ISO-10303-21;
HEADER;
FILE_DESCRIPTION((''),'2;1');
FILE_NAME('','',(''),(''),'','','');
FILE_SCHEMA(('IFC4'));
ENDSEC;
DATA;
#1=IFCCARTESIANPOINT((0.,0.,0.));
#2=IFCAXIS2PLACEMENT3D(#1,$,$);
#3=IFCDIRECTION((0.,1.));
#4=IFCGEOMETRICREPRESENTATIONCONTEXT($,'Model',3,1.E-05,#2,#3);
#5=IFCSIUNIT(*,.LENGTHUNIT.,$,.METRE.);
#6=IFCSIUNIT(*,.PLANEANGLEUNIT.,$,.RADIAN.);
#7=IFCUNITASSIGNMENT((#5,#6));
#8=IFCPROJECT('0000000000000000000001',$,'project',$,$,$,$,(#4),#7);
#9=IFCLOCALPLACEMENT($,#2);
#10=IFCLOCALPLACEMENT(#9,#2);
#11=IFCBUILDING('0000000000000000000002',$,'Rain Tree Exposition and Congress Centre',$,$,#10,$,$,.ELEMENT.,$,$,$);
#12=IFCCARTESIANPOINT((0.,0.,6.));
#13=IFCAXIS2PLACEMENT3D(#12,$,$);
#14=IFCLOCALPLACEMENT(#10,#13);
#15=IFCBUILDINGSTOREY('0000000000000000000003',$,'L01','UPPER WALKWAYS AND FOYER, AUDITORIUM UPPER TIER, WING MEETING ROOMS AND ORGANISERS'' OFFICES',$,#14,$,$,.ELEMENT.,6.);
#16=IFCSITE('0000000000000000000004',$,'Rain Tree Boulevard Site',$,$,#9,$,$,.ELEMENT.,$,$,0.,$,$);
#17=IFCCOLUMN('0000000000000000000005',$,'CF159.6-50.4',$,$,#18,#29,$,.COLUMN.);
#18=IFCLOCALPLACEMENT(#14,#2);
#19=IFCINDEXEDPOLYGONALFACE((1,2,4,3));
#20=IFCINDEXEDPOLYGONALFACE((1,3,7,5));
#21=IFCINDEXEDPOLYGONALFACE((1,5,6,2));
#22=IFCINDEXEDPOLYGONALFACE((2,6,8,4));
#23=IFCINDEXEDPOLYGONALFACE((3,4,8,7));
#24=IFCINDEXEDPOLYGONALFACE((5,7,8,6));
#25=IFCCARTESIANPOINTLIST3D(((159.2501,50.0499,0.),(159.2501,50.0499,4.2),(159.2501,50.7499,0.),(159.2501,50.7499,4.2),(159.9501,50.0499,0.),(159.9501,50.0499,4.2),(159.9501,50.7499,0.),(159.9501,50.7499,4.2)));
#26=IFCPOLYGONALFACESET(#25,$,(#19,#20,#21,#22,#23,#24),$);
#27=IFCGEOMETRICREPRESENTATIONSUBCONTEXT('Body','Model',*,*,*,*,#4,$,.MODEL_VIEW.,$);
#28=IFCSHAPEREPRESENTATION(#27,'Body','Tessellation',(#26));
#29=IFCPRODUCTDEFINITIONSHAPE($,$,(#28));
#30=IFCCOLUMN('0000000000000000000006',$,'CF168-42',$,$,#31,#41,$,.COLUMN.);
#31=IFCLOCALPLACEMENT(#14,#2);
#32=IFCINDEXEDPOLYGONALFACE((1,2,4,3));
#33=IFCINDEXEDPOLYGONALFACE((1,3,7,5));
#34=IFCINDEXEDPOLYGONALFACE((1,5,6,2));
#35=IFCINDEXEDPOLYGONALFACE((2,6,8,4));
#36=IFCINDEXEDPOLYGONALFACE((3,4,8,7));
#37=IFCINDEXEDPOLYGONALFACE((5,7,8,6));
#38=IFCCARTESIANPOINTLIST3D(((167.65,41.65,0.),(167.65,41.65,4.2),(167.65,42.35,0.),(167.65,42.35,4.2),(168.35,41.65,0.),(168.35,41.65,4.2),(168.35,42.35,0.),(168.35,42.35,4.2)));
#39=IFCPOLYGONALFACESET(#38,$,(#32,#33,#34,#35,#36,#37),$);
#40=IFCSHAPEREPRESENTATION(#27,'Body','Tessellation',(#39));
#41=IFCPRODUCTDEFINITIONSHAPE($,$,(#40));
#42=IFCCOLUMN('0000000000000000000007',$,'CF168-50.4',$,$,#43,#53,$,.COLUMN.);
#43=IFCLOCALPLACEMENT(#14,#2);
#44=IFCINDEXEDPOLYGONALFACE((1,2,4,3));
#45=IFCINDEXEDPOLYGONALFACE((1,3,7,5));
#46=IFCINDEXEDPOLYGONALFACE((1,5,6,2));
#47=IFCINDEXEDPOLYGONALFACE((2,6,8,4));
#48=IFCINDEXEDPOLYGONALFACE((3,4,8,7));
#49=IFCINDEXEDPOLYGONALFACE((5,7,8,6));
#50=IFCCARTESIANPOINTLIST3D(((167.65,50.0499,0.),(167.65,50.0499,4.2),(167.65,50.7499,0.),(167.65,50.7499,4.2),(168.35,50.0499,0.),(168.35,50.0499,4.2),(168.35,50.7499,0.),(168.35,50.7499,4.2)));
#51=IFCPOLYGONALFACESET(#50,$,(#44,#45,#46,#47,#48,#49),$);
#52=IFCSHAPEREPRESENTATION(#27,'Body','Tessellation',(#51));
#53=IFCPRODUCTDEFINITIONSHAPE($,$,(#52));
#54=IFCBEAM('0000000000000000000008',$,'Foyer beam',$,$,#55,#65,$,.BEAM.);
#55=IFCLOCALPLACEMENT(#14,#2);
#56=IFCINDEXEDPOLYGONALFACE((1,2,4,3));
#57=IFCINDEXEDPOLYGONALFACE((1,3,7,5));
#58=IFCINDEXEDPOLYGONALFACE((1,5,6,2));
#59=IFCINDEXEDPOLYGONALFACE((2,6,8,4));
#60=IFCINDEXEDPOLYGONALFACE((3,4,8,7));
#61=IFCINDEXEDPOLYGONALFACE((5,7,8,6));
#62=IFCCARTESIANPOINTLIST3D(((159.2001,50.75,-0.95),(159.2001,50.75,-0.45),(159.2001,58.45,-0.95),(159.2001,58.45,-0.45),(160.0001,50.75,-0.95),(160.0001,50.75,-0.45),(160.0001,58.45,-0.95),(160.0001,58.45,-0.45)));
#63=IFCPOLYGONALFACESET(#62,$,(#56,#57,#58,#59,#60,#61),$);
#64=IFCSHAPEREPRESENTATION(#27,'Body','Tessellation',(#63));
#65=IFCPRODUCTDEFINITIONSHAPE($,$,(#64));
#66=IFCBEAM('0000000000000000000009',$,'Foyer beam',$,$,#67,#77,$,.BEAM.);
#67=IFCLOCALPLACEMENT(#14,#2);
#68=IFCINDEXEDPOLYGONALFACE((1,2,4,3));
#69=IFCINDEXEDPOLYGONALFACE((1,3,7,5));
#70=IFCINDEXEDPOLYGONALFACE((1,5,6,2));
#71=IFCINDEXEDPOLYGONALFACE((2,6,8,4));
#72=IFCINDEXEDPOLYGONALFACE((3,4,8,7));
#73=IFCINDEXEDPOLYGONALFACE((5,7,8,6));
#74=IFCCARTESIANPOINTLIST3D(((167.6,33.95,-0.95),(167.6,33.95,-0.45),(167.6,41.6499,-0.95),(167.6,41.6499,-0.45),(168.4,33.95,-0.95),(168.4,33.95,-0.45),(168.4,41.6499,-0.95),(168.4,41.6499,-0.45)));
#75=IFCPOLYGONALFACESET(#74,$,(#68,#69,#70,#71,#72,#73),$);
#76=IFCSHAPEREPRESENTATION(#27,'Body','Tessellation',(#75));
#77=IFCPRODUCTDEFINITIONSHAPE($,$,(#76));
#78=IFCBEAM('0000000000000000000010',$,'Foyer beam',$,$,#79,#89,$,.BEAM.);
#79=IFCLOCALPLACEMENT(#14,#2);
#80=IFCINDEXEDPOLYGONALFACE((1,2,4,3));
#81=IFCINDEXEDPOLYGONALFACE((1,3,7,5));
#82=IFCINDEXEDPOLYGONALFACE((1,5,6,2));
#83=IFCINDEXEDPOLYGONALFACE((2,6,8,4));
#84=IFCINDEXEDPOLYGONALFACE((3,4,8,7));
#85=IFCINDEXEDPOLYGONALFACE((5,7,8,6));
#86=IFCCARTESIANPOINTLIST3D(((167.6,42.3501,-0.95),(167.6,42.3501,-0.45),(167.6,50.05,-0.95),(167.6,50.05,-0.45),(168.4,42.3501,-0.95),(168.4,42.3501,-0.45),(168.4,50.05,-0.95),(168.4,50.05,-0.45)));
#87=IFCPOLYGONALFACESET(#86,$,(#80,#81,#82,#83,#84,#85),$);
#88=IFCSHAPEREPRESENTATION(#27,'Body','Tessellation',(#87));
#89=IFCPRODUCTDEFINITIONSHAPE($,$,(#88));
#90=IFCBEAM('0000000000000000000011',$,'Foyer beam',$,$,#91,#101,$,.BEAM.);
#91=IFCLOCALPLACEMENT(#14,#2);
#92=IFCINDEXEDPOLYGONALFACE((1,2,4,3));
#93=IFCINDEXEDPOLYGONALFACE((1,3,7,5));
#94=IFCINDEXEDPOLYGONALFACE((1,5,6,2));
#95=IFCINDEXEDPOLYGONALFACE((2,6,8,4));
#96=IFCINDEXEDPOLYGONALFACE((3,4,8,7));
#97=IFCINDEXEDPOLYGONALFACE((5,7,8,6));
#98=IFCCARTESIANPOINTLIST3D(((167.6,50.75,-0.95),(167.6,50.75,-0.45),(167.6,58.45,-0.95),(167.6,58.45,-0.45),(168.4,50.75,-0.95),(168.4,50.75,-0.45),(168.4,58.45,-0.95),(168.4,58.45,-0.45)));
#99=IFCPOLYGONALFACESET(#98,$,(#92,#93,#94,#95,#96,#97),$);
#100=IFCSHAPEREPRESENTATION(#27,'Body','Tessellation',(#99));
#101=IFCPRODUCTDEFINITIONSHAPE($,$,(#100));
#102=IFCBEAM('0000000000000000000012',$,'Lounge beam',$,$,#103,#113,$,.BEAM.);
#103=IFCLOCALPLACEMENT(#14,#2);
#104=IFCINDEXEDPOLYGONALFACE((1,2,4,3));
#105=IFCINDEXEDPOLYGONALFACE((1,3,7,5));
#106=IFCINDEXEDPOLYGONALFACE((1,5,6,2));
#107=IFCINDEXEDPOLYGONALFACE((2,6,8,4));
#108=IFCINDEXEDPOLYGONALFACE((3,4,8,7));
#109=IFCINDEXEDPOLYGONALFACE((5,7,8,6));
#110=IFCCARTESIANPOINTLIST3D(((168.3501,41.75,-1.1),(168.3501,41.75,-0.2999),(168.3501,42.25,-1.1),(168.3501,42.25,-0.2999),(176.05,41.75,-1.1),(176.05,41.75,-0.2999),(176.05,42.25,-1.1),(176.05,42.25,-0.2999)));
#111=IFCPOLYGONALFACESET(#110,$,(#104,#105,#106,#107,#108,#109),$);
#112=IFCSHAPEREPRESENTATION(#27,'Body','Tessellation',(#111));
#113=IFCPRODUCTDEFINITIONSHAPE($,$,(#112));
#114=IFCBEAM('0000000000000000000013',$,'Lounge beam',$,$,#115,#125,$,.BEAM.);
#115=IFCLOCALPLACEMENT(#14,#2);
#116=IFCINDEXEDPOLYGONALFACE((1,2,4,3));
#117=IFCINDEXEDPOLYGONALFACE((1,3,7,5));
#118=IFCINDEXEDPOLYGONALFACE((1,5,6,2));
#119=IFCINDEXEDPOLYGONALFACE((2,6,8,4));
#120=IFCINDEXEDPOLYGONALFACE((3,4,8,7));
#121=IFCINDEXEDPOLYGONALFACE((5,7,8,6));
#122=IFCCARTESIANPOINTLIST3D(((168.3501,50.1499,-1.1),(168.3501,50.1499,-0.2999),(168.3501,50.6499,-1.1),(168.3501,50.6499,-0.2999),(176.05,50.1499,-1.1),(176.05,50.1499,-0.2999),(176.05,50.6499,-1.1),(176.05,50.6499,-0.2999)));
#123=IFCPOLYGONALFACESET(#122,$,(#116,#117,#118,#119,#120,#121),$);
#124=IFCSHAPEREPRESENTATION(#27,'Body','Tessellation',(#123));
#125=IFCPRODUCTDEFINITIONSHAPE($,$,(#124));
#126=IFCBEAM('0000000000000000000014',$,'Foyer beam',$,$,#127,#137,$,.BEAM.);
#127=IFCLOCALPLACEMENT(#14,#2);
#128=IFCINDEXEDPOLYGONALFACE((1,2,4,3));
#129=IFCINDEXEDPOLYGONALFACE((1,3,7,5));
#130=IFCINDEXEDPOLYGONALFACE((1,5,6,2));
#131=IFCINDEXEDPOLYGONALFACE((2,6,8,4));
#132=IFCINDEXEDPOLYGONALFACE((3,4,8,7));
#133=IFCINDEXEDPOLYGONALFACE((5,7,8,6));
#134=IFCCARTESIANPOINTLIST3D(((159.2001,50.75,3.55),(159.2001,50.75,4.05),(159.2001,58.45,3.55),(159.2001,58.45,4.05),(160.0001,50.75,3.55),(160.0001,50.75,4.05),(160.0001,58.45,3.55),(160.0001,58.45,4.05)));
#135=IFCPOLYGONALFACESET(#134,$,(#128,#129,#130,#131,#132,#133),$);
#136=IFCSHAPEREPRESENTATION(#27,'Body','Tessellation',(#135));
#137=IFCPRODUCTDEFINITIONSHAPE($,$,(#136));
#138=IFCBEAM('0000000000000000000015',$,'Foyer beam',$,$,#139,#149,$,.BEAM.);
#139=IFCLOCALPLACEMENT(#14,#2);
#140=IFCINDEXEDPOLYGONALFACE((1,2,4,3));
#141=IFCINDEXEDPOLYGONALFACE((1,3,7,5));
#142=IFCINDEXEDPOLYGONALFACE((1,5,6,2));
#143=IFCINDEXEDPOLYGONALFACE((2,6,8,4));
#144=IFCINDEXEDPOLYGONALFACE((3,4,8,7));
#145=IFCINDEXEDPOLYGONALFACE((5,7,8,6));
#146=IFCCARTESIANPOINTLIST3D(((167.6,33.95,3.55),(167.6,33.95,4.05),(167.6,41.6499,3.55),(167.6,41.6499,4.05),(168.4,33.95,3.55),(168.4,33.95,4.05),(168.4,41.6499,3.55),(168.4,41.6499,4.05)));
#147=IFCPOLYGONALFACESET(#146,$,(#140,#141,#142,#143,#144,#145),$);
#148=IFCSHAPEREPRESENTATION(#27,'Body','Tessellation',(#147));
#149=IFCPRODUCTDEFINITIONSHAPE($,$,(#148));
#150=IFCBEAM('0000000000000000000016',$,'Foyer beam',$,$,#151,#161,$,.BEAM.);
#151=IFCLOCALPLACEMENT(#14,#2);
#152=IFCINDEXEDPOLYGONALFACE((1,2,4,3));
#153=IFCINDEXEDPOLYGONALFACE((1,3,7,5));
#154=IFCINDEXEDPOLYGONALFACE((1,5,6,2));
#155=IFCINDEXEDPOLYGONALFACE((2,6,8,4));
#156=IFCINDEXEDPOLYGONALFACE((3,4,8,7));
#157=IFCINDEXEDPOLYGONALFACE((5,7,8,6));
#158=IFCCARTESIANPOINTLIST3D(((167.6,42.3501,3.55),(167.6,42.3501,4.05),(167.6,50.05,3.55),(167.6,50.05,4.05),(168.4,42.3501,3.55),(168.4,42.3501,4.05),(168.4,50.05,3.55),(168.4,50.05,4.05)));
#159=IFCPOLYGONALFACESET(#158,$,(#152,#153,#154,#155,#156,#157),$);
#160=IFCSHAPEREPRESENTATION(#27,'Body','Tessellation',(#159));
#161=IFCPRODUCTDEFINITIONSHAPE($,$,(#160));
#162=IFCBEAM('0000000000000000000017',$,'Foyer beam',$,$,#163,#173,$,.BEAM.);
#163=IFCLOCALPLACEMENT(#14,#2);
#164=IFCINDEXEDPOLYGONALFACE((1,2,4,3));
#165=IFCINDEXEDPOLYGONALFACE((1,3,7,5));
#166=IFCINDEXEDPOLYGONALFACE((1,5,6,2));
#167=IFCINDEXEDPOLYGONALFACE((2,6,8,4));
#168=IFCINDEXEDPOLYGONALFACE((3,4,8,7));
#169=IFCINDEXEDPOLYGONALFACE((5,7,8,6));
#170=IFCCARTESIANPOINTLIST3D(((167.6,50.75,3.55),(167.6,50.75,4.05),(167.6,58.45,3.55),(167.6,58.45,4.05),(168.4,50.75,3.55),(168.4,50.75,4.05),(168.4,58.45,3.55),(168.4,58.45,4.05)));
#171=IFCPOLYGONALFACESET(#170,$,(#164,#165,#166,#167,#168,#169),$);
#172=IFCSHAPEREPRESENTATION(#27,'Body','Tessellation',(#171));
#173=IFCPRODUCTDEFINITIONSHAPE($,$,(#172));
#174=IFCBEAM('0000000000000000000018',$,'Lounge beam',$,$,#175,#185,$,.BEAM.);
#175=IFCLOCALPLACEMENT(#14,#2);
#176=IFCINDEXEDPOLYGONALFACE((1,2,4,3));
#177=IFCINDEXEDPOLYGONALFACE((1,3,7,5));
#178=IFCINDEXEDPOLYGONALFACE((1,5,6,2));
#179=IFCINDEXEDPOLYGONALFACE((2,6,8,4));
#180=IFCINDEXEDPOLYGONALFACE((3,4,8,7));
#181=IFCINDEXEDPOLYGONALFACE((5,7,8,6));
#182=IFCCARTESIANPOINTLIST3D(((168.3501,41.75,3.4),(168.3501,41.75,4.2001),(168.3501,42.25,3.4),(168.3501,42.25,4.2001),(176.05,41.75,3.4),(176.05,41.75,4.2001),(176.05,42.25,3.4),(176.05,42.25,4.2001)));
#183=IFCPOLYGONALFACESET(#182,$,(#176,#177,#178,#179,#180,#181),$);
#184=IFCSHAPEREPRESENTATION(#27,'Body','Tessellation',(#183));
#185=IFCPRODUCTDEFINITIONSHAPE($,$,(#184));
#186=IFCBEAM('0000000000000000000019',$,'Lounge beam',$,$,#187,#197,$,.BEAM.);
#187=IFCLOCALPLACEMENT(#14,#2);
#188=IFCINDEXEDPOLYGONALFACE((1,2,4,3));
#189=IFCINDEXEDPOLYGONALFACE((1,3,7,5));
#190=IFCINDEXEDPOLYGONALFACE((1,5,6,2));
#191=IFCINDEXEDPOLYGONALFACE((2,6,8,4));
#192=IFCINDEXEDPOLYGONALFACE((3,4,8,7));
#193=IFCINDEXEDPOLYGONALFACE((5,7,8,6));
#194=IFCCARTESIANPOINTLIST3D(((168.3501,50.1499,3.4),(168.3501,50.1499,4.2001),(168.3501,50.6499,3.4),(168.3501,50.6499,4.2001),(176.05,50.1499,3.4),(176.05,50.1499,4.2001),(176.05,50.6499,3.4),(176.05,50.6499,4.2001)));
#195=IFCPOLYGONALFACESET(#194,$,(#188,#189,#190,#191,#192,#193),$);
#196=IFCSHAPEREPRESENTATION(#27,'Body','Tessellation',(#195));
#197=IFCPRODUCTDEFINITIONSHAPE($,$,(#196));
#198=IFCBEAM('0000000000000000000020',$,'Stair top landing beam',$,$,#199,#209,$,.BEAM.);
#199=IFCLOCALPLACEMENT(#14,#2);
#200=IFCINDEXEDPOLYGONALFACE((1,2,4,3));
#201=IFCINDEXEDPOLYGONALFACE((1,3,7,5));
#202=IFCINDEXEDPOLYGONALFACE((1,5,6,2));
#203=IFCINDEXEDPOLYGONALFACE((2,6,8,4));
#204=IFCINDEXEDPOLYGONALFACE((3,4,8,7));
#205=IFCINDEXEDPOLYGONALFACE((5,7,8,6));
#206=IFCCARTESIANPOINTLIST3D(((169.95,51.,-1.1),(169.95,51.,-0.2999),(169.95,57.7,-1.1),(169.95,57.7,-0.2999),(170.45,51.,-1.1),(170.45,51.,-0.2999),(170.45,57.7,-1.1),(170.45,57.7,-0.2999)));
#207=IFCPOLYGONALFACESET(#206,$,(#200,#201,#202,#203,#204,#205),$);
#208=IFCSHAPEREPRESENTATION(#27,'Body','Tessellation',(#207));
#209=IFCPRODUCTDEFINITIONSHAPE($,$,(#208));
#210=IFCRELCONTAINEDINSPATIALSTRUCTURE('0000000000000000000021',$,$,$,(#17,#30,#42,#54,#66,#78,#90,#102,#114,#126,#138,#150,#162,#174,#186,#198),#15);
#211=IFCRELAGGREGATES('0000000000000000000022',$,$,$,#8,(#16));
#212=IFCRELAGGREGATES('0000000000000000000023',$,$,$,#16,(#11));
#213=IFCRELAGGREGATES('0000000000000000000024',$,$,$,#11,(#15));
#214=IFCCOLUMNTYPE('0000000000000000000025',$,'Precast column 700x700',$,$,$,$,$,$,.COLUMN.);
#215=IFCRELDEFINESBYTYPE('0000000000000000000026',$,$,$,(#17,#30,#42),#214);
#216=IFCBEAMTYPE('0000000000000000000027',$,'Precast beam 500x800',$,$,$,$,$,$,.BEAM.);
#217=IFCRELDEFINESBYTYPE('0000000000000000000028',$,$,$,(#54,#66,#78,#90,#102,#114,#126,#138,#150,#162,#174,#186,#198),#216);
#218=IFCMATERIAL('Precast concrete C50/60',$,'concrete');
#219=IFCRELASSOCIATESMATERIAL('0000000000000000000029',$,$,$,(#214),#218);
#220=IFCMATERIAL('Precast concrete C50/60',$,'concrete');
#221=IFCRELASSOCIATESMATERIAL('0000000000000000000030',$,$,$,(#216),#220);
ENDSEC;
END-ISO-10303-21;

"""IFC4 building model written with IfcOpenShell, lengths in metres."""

from ifc_helpers import new_model, si_unit, direction, frame, origin, origin_2d, place, context, subcontext, project, spatial, rectangle, extrude, material, material_profile, profile_set, type_object, element, save


model = new_model("IFC4")

# Units and contexts
model_context = context("Model", 3, precision=1e-05, world=origin(), true_north=direction((0.0, 1.0)))
body_context = subcontext(model_context, "Body", "Model", "MODEL_VIEW")
ifc_project = project(units=[si_unit("LENGTHUNIT", "METRE"), si_unit("PLANEANGLEUNIT", "RADIAN")], contexts=[model_context])

# Site, building, storey
site_placement = place(None, origin())
site = spatial("IfcSite", under=ifc_project, at=site_placement, Name="Rain Tree Boulevard Site", CompositionType="ELEMENT", RefElevation=0.0)
building_placement = place(site_placement, origin())
building = spatial("IfcBuilding", under=site, at=building_placement, Name="Rain Tree Exposition and Congress Centre", CompositionType="ELEMENT")
storey_placement = place(building_placement, frame((0.0, 0.0, 6.0)))
storey = spatial("IfcBuildingStorey", under=building, at=storey_placement, Name="L01", Description="UPPER WALKWAYS AND FOYER, AUDITORIUM UPPER TIER, WING MEETING ROOMS AND ORGANISERS' OFFICES", CompositionType="ELEMENT", Elevation=6.0)

# Columns
ifc_material_1 = material(Name="Precast concrete C50/60", Category="concrete")
ifc_material_profile_1 = material_profile(ifc_material_1, rectangle(XDim=0.7, YDim=0.7, at=origin_2d()), Name="RC 700x700")
ifc_profile_set_1 = profile_set([ifc_material_profile_1], Name="Precast concrete C50/60")
column_type = type_object("IfcColumnType", Name="Precast column 700x700", PredefinedType="COLUMN", material=ifc_profile_set_1)
for number, where, z_axis, x_axis, name in (
    (1, (159.6001, 50.3999, 0.0), (0.0, 0.0, 1.0), (1.0, 0.0, 0.0), "CF159.6-50.4"),
    (2, (168.0, 42.0, 0.0), (0.0, 0.0, 1.0), (1.0, 0.0, 0.0), "CF168-42"),
    (3, (168.0, 50.3999, 0.0), (0.0, 0.0, 1.0), (1.0, 0.0, 0.0), "CF168-50.4"),
):
    element("IfcColumn", number, at=place(storey_placement, frame(where, z_axis=z_axis, x_axis=x_axis)), inside=storey, type_object=column_type, Name=name, PredefinedType="COLUMN", context=body_context, shape_type="SweptSolid", body=[
        extrude(rectangle(XDim=0.7, YDim=0.7, at=origin_2d()), origin(), (0.0, 0.0, 1.0), 4.2),
    ])

# Beams
ifc_material_2 = material(Name="Precast concrete C50/60", Category="concrete")
ifc_material_profile_2 = material_profile(ifc_material_2, rectangle(XDim=0.5, YDim=0.8, at=origin_2d()), Name="RC 500x800")
ifc_profile_set_2 = profile_set([ifc_material_profile_2], Name="Precast concrete C50/60")
beam_type = type_object("IfcBeamType", Name="Precast beam 500x800", PredefinedType="BEAM", material=ifc_profile_set_2)
for number, where, z_axis, x_axis, name in (
    (4, (159.6001, 50.75, -0.7), (0.0, 1.0, 0.0), (0.0, 0.0, 1.0), "Foyer beam"),
    (5, (168.0, 33.95, -0.7), (0.0, 1.0, 0.0), (0.0, 0.0, 1.0), "Foyer beam"),
    (6, (168.0, 42.3501, -0.7), (0.0, 1.0, 0.0), (0.0, 0.0, 1.0), "Foyer beam"),
    (7, (168.0, 50.75, -0.7), (0.0, 1.0, 0.0), (0.0, 0.0, 1.0), "Foyer beam"),
    (8, (168.3501, 42.0, -0.7), (1.0, 0.0, 0.0), (0.0, 1.0, 0.0), "Lounge beam"),
    (9, (168.3501, 50.3999, -0.7), (1.0, 0.0, 0.0), (0.0, 1.0, 0.0), "Lounge beam"),
    (10, (159.6001, 50.75, 3.8), (0.0, 1.0, 0.0), (0.0, 0.0, 1.0), "Foyer beam"),
    (11, (168.0, 33.95, 3.8), (0.0, 1.0, 0.0), (0.0, 0.0, 1.0), "Foyer beam"),
    (12, (168.0, 42.3501, 3.8), (0.0, 1.0, 0.0), (0.0, 0.0, 1.0), "Foyer beam"),
    (13, (168.0, 50.75, 3.8), (0.0, 1.0, 0.0), (0.0, 0.0, 1.0), "Foyer beam"),
    (14, (168.3501, 42.0, 3.8), (1.0, 0.0, 0.0), (0.0, 1.0, 0.0), "Lounge beam"),
    (15, (168.3501, 50.3999, 3.8), (1.0, 0.0, 0.0), (0.0, 1.0, 0.0), "Lounge beam"),
):
    element("IfcBeam", number, at=place(storey_placement, frame(where, z_axis=z_axis, x_axis=x_axis)), inside=storey, type_object=beam_type, Name=name, PredefinedType="BEAM", context=body_context, shape_type="SweptSolid", body=[
        extrude(rectangle(XDim=0.5, YDim=0.8, at=origin_2d()), origin(), (0.0, 0.0, 1.0), 7.7),
    ])
beam_placement = place(storey_placement, frame((170.2, 51.0, -0.7), z_axis=(0.0, 1.0, 0.0), x_axis=(-1.0, 0.0, 0.0)))
element("IfcBeam", 16, at=beam_placement, inside=storey, type_object=beam_type, Name="Stair top landing beam", PredefinedType="BEAM", context=body_context, shape_type="SweptSolid", body=[
    extrude(rectangle(XDim=0.5, YDim=0.8, at=origin_2d()), origin(), (0.0, 0.0, 1.0), 6.7),
])

save(model, "model.ifc")
